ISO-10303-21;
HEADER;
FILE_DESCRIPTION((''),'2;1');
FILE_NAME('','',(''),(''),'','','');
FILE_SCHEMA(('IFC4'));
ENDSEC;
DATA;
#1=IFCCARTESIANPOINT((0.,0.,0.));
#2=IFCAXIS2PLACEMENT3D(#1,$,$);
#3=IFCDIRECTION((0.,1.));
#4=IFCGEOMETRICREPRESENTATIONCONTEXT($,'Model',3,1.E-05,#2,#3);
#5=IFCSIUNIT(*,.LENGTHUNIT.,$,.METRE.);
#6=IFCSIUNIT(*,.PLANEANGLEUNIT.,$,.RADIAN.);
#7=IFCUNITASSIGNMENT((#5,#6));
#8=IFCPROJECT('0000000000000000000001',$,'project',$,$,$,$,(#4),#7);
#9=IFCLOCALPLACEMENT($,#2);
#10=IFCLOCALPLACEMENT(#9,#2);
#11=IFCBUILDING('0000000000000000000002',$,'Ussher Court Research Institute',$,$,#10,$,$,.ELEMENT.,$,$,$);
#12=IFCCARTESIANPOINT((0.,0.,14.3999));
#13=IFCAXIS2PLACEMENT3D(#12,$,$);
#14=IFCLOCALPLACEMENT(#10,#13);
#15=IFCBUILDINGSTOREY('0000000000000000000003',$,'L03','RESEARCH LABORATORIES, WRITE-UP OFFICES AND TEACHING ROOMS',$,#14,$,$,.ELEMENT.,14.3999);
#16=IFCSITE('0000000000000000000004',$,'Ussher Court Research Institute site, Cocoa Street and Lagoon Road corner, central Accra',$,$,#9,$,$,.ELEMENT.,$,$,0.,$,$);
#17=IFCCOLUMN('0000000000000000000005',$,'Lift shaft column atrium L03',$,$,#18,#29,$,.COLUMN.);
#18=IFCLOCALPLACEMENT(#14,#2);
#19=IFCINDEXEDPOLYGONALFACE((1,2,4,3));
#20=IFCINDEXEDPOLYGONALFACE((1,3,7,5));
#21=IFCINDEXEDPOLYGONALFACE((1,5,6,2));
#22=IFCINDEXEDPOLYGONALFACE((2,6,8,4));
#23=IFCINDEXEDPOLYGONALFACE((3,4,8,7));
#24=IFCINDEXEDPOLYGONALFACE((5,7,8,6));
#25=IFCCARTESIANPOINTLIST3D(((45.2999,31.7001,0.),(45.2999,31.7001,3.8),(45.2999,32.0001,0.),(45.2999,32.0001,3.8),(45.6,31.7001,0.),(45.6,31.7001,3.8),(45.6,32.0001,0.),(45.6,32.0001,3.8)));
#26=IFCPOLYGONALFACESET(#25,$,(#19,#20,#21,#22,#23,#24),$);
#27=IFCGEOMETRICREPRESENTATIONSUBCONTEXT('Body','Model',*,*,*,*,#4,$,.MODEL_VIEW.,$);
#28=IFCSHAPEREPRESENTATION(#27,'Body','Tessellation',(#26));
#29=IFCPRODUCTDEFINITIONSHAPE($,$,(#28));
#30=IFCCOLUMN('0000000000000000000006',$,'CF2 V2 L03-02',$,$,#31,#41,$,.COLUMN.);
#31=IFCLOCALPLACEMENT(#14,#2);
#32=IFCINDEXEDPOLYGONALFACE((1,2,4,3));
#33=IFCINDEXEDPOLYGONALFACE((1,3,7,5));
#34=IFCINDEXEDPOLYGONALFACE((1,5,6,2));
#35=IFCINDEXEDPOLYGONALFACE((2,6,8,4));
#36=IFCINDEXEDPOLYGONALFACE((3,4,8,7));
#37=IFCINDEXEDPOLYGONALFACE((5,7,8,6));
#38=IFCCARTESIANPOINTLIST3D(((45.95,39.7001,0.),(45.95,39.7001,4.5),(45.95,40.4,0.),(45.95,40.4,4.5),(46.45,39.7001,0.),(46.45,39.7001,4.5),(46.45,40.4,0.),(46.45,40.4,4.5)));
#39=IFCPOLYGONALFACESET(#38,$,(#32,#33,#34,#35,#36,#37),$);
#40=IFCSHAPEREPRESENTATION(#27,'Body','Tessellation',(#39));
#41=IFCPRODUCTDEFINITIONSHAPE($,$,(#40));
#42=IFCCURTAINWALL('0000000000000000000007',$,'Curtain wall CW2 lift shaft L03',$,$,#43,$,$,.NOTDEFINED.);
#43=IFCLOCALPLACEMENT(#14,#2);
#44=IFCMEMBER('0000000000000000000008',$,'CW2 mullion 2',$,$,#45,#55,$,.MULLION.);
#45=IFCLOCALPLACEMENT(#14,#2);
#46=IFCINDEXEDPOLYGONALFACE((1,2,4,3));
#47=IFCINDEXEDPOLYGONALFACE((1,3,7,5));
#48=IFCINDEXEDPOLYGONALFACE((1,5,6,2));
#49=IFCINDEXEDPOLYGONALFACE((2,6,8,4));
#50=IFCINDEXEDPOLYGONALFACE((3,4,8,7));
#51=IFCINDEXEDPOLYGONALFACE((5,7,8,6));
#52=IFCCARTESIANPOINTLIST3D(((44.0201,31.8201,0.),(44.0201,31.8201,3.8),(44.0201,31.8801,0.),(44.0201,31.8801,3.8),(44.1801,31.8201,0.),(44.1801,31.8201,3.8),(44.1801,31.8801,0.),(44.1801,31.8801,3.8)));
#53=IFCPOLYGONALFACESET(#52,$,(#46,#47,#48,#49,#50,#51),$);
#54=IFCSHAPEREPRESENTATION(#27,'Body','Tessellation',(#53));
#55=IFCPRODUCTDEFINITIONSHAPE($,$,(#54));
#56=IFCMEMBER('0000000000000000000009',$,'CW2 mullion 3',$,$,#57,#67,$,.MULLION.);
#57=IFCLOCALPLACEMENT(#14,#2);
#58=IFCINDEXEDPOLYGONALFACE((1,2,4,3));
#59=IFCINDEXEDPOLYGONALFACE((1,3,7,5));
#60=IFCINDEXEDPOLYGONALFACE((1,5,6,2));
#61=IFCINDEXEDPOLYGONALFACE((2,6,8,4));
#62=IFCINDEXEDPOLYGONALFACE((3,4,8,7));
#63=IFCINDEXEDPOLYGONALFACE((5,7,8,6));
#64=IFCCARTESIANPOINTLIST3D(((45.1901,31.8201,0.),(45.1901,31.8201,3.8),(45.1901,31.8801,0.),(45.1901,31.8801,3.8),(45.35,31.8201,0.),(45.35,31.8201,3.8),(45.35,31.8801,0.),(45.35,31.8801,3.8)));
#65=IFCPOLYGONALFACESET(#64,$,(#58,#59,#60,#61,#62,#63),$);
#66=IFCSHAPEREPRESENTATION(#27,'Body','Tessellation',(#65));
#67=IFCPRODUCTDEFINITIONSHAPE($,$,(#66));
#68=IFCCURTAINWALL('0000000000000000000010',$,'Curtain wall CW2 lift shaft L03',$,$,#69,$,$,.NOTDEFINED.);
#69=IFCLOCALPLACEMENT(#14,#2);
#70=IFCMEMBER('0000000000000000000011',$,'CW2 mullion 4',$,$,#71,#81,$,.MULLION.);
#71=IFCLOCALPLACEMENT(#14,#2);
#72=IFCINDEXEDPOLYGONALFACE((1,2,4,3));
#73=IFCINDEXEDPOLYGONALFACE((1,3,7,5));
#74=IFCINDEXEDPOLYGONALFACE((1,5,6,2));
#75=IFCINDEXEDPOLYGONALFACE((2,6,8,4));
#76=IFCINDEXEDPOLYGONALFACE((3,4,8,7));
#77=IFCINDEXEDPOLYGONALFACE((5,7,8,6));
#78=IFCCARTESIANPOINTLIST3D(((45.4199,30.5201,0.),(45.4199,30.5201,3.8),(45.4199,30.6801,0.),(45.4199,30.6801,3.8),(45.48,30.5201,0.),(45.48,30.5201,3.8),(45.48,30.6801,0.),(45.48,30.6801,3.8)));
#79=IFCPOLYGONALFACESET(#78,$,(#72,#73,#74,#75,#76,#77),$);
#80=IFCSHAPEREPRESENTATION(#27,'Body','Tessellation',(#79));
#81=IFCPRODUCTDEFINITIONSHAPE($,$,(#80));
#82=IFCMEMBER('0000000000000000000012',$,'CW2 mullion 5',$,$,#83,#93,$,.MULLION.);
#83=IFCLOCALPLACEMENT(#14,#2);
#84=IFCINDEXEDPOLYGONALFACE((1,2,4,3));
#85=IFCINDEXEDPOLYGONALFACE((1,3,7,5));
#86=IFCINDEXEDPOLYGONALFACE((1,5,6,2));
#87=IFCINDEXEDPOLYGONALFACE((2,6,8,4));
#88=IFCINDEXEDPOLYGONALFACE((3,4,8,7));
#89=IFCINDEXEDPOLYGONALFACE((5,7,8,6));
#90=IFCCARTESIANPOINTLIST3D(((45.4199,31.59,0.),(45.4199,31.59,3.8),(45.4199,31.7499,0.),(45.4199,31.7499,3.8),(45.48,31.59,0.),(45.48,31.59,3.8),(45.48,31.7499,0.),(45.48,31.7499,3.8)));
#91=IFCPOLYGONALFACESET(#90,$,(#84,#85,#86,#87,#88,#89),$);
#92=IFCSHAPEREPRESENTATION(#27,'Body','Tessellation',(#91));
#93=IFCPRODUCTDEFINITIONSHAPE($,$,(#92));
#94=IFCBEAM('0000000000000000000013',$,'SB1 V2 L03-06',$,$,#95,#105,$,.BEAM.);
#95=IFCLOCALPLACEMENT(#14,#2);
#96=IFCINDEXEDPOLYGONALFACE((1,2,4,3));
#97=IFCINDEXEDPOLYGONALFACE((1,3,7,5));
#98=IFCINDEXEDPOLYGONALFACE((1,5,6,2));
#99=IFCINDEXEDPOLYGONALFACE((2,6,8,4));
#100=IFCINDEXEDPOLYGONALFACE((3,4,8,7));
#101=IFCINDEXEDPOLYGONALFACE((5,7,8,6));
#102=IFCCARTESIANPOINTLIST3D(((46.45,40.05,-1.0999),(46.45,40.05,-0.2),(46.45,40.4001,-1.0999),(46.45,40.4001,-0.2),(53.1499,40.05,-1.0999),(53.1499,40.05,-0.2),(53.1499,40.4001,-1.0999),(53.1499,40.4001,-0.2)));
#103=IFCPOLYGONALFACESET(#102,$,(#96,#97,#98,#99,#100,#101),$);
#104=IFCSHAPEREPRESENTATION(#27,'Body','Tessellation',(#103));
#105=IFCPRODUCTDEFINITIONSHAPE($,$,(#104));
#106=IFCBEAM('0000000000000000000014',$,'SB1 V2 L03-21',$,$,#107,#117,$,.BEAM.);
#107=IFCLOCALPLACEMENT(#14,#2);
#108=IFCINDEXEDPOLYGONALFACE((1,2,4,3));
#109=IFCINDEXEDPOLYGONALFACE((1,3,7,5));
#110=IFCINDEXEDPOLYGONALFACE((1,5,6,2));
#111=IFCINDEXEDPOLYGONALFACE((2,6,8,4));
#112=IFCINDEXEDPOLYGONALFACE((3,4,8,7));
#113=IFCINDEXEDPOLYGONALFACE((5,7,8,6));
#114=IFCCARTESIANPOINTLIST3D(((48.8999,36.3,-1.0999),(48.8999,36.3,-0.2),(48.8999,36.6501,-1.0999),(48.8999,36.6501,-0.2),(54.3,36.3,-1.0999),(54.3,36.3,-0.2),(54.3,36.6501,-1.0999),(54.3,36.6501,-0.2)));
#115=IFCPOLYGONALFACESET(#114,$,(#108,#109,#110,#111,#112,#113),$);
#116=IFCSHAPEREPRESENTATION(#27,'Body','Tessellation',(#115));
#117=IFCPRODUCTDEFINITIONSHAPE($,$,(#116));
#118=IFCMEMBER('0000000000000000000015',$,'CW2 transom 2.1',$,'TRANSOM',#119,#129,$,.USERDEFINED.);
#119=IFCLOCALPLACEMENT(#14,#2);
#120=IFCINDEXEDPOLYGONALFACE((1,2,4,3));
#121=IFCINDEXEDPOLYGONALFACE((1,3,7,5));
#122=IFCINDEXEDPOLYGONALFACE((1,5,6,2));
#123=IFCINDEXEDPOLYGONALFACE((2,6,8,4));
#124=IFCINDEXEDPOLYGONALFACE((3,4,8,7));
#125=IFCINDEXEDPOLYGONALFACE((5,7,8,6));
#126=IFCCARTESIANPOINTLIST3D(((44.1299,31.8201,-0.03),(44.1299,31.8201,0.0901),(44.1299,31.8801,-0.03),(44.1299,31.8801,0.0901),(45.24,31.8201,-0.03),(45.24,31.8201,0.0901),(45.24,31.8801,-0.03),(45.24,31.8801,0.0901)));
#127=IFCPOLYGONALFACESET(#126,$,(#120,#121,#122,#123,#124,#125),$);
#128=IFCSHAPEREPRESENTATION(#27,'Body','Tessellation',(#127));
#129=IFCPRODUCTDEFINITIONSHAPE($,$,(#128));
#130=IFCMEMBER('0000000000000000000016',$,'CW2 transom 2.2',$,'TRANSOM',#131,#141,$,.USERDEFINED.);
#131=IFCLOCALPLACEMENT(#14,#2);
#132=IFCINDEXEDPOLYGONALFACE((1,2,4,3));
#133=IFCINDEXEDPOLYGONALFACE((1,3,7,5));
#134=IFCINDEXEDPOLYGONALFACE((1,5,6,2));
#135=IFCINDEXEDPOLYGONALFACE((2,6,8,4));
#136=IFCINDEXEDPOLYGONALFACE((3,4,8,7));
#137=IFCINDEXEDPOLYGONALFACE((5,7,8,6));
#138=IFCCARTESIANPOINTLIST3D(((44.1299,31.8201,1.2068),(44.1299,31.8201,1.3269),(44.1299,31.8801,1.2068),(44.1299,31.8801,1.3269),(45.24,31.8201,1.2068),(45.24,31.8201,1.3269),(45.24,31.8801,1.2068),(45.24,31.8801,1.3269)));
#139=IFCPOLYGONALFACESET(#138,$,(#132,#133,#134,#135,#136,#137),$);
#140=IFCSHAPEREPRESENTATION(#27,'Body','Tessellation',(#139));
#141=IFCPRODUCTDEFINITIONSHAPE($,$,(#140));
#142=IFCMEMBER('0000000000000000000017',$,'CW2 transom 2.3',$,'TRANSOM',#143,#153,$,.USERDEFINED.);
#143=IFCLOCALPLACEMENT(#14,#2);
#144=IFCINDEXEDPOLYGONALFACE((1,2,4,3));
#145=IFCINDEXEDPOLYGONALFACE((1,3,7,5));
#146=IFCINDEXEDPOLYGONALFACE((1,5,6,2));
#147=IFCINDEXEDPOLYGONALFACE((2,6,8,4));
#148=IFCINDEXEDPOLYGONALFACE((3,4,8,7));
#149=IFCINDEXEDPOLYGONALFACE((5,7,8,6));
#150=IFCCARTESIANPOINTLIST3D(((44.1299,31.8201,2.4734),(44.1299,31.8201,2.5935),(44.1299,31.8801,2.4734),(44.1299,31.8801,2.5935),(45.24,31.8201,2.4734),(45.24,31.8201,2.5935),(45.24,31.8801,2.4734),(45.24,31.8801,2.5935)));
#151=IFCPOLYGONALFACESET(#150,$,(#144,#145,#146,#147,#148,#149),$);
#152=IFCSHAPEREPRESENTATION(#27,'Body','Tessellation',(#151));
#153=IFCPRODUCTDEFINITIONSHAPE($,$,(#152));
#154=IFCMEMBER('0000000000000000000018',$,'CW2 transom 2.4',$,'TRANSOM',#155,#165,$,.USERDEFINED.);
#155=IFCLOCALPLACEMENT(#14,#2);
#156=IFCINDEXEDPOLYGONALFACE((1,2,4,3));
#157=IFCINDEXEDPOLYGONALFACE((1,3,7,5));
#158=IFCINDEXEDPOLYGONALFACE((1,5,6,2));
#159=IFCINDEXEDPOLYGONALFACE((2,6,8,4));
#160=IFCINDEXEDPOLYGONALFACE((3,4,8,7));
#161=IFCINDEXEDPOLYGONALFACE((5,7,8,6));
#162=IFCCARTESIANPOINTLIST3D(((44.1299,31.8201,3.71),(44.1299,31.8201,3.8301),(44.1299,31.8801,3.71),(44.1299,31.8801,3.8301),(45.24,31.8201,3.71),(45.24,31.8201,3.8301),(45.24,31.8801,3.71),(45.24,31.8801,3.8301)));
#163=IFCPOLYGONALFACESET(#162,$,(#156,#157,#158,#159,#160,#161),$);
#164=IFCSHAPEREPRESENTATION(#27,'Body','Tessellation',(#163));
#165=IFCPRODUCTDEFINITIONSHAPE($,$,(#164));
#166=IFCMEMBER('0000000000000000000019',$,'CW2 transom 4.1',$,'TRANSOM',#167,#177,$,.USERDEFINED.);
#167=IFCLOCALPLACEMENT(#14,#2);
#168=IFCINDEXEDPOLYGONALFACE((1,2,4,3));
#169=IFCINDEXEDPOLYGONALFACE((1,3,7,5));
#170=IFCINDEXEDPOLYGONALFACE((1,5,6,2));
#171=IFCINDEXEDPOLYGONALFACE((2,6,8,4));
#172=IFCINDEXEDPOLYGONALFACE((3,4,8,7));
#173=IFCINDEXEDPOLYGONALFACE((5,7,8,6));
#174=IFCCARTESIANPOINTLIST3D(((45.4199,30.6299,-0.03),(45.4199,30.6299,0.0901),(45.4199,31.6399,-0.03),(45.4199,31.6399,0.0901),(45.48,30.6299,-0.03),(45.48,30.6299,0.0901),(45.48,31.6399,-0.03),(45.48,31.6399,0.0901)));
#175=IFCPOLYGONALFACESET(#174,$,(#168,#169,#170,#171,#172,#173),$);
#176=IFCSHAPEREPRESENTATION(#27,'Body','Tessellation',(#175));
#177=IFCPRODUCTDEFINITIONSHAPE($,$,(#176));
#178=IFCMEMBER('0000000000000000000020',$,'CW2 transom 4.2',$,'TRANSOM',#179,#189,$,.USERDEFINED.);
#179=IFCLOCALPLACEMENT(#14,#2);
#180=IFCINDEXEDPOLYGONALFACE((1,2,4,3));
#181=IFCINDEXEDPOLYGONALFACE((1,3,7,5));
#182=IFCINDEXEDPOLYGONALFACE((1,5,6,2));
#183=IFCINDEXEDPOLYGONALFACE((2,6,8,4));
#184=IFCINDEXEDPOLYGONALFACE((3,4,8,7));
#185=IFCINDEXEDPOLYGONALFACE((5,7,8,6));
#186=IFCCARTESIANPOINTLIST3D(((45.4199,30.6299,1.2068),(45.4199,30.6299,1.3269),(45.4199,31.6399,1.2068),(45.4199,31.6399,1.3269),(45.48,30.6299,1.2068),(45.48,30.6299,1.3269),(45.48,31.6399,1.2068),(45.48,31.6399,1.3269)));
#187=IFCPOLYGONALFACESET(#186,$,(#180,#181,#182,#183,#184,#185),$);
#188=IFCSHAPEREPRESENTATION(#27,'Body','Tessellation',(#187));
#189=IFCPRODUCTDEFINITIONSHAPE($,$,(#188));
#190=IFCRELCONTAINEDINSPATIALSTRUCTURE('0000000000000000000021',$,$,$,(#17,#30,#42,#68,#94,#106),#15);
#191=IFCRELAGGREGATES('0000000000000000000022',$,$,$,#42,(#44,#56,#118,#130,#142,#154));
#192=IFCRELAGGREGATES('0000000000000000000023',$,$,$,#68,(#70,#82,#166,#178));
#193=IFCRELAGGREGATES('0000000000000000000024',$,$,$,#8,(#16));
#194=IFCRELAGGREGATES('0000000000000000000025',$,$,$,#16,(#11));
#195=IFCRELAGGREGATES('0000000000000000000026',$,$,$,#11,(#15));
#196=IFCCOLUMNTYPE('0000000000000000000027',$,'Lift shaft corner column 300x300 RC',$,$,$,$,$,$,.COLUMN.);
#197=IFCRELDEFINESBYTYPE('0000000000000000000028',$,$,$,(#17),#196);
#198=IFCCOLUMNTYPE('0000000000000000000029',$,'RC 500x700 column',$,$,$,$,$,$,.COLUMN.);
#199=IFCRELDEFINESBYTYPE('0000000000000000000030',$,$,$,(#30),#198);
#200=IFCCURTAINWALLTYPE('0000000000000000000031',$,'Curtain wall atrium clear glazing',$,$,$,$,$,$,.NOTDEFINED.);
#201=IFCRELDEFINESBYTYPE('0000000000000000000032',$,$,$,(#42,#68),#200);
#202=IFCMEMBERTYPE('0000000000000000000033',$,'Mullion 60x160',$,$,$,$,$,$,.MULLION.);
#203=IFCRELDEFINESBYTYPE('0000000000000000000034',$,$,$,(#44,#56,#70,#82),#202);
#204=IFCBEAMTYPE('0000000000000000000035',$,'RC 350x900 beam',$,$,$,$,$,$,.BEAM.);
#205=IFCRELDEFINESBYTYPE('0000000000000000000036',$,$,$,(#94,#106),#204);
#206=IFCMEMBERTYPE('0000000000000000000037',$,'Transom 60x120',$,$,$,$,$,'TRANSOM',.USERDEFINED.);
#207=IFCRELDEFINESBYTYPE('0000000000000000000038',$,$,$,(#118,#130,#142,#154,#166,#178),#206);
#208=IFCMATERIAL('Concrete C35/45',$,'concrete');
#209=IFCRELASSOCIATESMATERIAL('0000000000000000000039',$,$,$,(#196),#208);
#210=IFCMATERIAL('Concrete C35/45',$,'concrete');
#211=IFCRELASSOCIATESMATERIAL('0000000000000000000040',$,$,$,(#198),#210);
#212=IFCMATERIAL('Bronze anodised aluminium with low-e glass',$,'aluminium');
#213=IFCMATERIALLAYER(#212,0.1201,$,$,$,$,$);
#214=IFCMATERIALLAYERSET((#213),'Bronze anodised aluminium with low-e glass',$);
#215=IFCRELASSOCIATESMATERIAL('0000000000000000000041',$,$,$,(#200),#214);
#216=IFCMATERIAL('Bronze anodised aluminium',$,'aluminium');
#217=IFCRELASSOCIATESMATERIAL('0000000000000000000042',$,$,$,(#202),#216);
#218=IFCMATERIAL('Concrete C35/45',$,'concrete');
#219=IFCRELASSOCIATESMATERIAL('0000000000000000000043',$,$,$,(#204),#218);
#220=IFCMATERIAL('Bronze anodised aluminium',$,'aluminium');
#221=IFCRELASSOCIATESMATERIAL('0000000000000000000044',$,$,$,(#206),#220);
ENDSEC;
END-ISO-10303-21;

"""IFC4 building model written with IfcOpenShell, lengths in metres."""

from ifc_helpers import new_model, si_unit, direction, frame, origin, origin_2d, place, context, subcontext, project, spatial, rectangle, extrude, material, layer, layer_set, material_profile, profile_set, type_object, element, aggregate, save


model = new_model("IFC4")

# Units and contexts
model_context = context("Model", 3, precision=1e-05, world=origin(), true_north=direction((0.0, 1.0)))
body_context = subcontext(model_context, "Body", "Model", "MODEL_VIEW")
ifc_project = project(units=[si_unit("LENGTHUNIT", "METRE"), si_unit("PLANEANGLEUNIT", "RADIAN")], contexts=[model_context])

# Site, building, storey
site_placement = place(None, origin())
site = spatial("IfcSite", under=ifc_project, at=site_placement, Name="Ussher Court Research Institute site, Cocoa Street and Lagoon Road corner, central Accra", CompositionType="ELEMENT", RefElevation=0.0)
building_placement = place(site_placement, origin())
building = spatial("IfcBuilding", under=site, at=building_placement, Name="Ussher Court Research Institute", CompositionType="ELEMENT")
storey_placement = place(building_placement, frame((0.0, 0.0, 14.3999)))
storey = spatial("IfcBuildingStorey", under=building, at=storey_placement, Name="L03", Description="RESEARCH LABORATORIES, WRITE-UP OFFICES AND TEACHING ROOMS", CompositionType="ELEMENT", Elevation=14.3999)

# Columns
ifc_material_1 = material(Name="Concrete C35/45", Category="concrete")
ifc_material_profile_1 = material_profile(ifc_material_1, rectangle(XDim=0.3, YDim=0.3, at=origin_2d()), Name="RC 300x300")
ifc_profile_set_1 = profile_set([ifc_material_profile_1], Name="Concrete C35/45")
column_type_1 = type_object("IfcColumnType", Name="Lift shaft corner column 300x300 RC", PredefinedType="COLUMN", material=ifc_profile_set_1)
column_1_placement = place(storey_placement, frame((45.45, 31.8501, 0.0), z_axis=(0.0, 0.0, 1.0), x_axis=(1.0, 0.0, 0.0)))
element("IfcColumn", 1, at=column_1_placement, inside=storey, type_object=column_type_1, Name="Lift shaft column atrium L03", PredefinedType="COLUMN", context=body_context, shape_type="SweptSolid", body=[
    extrude(rectangle(XDim=0.3, YDim=0.3, at=origin_2d()), origin(), (0.0, 0.0, 1.0), 3.8),
])
ifc_material_2 = material(Name="Concrete C35/45", Category="concrete")
ifc_material_profile_2 = material_profile(ifc_material_2, rectangle(XDim=0.5, YDim=0.7, at=origin_2d()), Name="RC 500x700")
ifc_profile_set_2 = profile_set([ifc_material_profile_2], Name="Concrete C35/45")
column_type_2 = type_object("IfcColumnType", Name="RC 500x700 column", PredefinedType="COLUMN", material=ifc_profile_set_2)
column_2_placement = place(storey_placement, frame((46.2, 40.05, 0.0), z_axis=(0.0, 0.0, 1.0), x_axis=(1.0, 0.0, 0.0)))
element("IfcColumn", 2, at=column_2_placement, inside=storey, type_object=column_type_2, Name="CF2 V2 L03-02", PredefinedType="COLUMN", context=body_context, shape_type="SweptSolid", body=[
    extrude(rectangle(XDim=0.5, YDim=0.7, at=origin_2d()), origin(), (0.0, 0.0, 1.0), 4.5),
])

# Curtain walls, members
ifc_material_3 = material(Name="Bronze anodised aluminium with low-e glass", Category="aluminium")
ifc_layer_1 = layer(ifc_material_3, 0.1201)
ifc_layer_set_1 = layer_set([ifc_layer_1], Name="Bronze anodised aluminium with low-e glass")
curtain_wall_type = type_object("IfcCurtainWallType", Name="Curtain wall atrium clear glazing", PredefinedType="NOTDEFINED", material=ifc_layer_set_1)
curtain_wall_1_placement = place(storey_placement, origin())
curtain_wall_1 = element("IfcCurtainWall", 3, at=curtain_wall_1_placement, inside=storey, type_object=curtain_wall_type, Name="Curtain wall CW2 lift shaft L03", PredefinedType="NOTDEFINED")
ifc_material_4 = material(Name="Bronze anodised aluminium", Category="aluminium")
ifc_material_profile_3 = material_profile(ifc_material_4, rectangle(XDim=0.0601, YDim=0.1599, at=origin_2d()), Name="Mullion 60x160")
ifc_profile_set_3 = profile_set([ifc_material_profile_3], Name="Bronze anodised aluminium")
member_type_1 = type_object("IfcMemberType", Name="Mullion 60x160", PredefinedType="MULLION", material=ifc_profile_set_3)
member_1_placement = place(storey_placement, frame((44.1001, 31.8501, 0.0), z_axis=(0.0, 0.0, 1.0), x_axis=(0.0, 1.0, 0.0)))
member_1 = element("IfcMember", 4, at=member_1_placement, type_object=member_type_1, Name="CW2 mullion 2", PredefinedType="MULLION", context=body_context, shape_type="SweptSolid", body=[
    extrude(rectangle(XDim=0.0601, YDim=0.1599, at=origin_2d()), origin(), (0.0, 0.0, 1.0), 3.8),
])
member_2_placement = place(storey_placement, frame((45.27, 31.8501, 0.0), z_axis=(0.0, 0.0, 1.0), x_axis=(0.0, 1.0, 0.0)))
member_2 = element("IfcMember", 5, at=member_2_placement, type_object=member_type_1, Name="CW2 mullion 3", PredefinedType="MULLION", context=body_context, shape_type="SweptSolid", body=[
    extrude(rectangle(XDim=0.0601, YDim=0.1599, at=origin_2d()), origin(), (0.0, 0.0, 1.0), 3.8),
])
curtain_wall_2_placement = place(storey_placement, origin())
curtain_wall_2 = element("IfcCurtainWall", 6, at=curtain_wall_2_placement, inside=storey, type_object=curtain_wall_type, Name="Curtain wall CW2 lift shaft L03", PredefinedType="NOTDEFINED")
member_3_placement = place(storey_placement, frame((45.45, 30.6001, 0.0), z_axis=(0.0, 0.0, 1.0), x_axis=(-1.0, 0.0, 0.0)))
member_3 = element("IfcMember", 7, at=member_3_placement, type_object=member_type_1, Name="CW2 mullion 4", PredefinedType="MULLION", context=body_context, shape_type="SweptSolid", body=[
    extrude(rectangle(XDim=0.0601, YDim=0.1599, at=origin_2d()), origin(), (0.0, 0.0, 1.0), 3.8),
])
member_4_placement = place(storey_placement, frame((45.45, 31.6699, 0.0), z_axis=(0.0, 0.0, 1.0), x_axis=(-1.0, 0.0, 0.0)))
member_4 = element("IfcMember", 8, at=member_4_placement, type_object=member_type_1, Name="CW2 mullion 5", PredefinedType="MULLION", context=body_context, shape_type="SweptSolid", body=[
    extrude(rectangle(XDim=0.0601, YDim=0.1599, at=origin_2d()), origin(), (0.0, 0.0, 1.0), 3.8),
])

# Beams
ifc_material_5 = material(Name="Concrete C35/45", Category="concrete")
ifc_material_profile_4 = material_profile(ifc_material_5, rectangle(XDim=0.3501, YDim=0.8999, at=origin_2d()), Name="RC 350x900")
ifc_profile_set_4 = profile_set([ifc_material_profile_4], Name="Concrete C35/45")
beam_type = type_object("IfcBeamType", Name="RC 350x900 beam", PredefinedType="BEAM", material=ifc_profile_set_4)
beam_1_placement = place(storey_placement, frame((46.45, 40.2251, -0.6499), z_axis=(1.0, 0.0, 0.0), x_axis=(0.0, 1.0, 0.0)))
element("IfcBeam", 9, at=beam_1_placement, inside=storey, type_object=beam_type, Name="SB1 V2 L03-06", PredefinedType="BEAM", context=body_context, shape_type="SweptSolid", body=[
    extrude(rectangle(XDim=0.3501, YDim=0.8999, at=origin_2d()), origin(), (0.0, 0.0, 1.0), 6.7),
])
beam_2_placement = place(storey_placement, frame((48.8999, 36.4751, -0.6499), z_axis=(1.0, 0.0, 0.0), x_axis=(0.0, 1.0, 0.0)))
element("IfcBeam", 10, at=beam_2_placement, inside=storey, type_object=beam_type, Name="SB1 V2 L03-21", PredefinedType="BEAM", context=body_context, shape_type="SweptSolid", body=[
    extrude(rectangle(XDim=0.3501, YDim=0.8999, at=origin_2d()), origin(), (0.0, 0.0, 1.0), 5.4001),
])

# Members
ifc_material_6 = material(Name="Bronze anodised aluminium", Category="aluminium")
ifc_material_profile_5 = material_profile(ifc_material_6, rectangle(XDim=0.0601, YDim=0.1201, at=origin_2d()), Name="Transom 60x120")
ifc_profile_set_5 = profile_set([ifc_material_profile_5], Name="Bronze anodised aluminium")
member_type_2 = type_object("IfcMemberType", Name="Transom 60x120", ElementType="TRANSOM", PredefinedType="USERDEFINED", material=ifc_profile_set_5)
member_5_placement = place(storey_placement, frame((44.1299, 31.8501, 0.03), z_axis=(1.0, 0.0, 0.0), x_axis=(0.0, 1.0, 0.0)))
member_5 = element("IfcMember", 11, at=member_5_placement, type_object=member_type_2, Name="CW2 transom 2.1", ObjectType="TRANSOM", PredefinedType="USERDEFINED", context=body_context, shape_type="SweptSolid", body=[
    extrude(rectangle(XDim=0.0601, YDim=0.1201, at=origin_2d()), origin(), (0.0, 0.0, 1.0), 1.1101),
])
member_6_placement = place(storey_placement, frame((44.1299, 31.8501, 1.2668), z_axis=(1.0, 0.0, 0.0), x_axis=(0.0, 1.0, 0.0)))
member_6 = element("IfcMember", 12, at=member_6_placement, type_object=member_type_2, Name="CW2 transom 2.2", ObjectType="TRANSOM", PredefinedType="USERDEFINED", context=body_context, shape_type="SweptSolid", body=[
    extrude(rectangle(XDim=0.0601, YDim=0.1201, at=origin_2d()), origin(), (0.0, 0.0, 1.0), 1.1101),
])
member_7_placement = place(storey_placement, frame((44.1299, 31.8501, 2.5334), z_axis=(1.0, 0.0, 0.0), x_axis=(0.0, 1.0, 0.0)))
member_7 = element("IfcMember", 13, at=member_7_placement, type_object=member_type_2, Name="CW2 transom 2.3", ObjectType="TRANSOM", PredefinedType="USERDEFINED", context=body_context, shape_type="SweptSolid", body=[
    extrude(rectangle(XDim=0.0601, YDim=0.1201, at=origin_2d()), origin(), (0.0, 0.0, 1.0), 1.1101),
])
member_8_placement = place(storey_placement, frame((44.1299, 31.8501, 3.77), z_axis=(1.0, 0.0, 0.0), x_axis=(0.0, 1.0, 0.0)))
member_8 = element("IfcMember", 14, at=member_8_placement, type_object=member_type_2, Name="CW2 transom 2.4", ObjectType="TRANSOM", PredefinedType="USERDEFINED", context=body_context, shape_type="SweptSolid", body=[
    extrude(rectangle(XDim=0.0601, YDim=0.1201, at=origin_2d()), origin(), (0.0, 0.0, 1.0), 1.1101),
])
member_9_placement = place(storey_placement, frame((45.45, 30.6299, 0.03), z_axis=(0.0, 1.0, 0.0), x_axis=(-1.0, 0.0, 0.0)))
member_9 = element("IfcMember", 15, at=member_9_placement, type_object=member_type_2, Name="CW2 transom 4.1", ObjectType="TRANSOM", PredefinedType="USERDEFINED", context=body_context, shape_type="SweptSolid", body=[
    extrude(rectangle(XDim=0.0601, YDim=0.1201, at=origin_2d()), origin(), (0.0, 0.0, 1.0), 1.01),
])
member_10_placement = place(storey_placement, frame((45.45, 30.6299, 1.2668), z_axis=(0.0, 1.0, 0.0), x_axis=(-1.0, 0.0, 0.0)))
member_10 = element("IfcMember", 16, at=member_10_placement, type_object=member_type_2, Name="CW2 transom 4.2", ObjectType="TRANSOM", PredefinedType="USERDEFINED", context=body_context, shape_type="SweptSolid", body=[
    extrude(rectangle(XDim=0.0601, YDim=0.1201, at=origin_2d()), origin(), (0.0, 0.0, 1.0), 1.01),
])

aggregate(curtain_wall_1, [member_1, member_2, member_5, member_6, member_7, member_8])
aggregate(curtain_wall_2, [member_3, member_4, member_9, member_10])

save(model, "model.ifc")
